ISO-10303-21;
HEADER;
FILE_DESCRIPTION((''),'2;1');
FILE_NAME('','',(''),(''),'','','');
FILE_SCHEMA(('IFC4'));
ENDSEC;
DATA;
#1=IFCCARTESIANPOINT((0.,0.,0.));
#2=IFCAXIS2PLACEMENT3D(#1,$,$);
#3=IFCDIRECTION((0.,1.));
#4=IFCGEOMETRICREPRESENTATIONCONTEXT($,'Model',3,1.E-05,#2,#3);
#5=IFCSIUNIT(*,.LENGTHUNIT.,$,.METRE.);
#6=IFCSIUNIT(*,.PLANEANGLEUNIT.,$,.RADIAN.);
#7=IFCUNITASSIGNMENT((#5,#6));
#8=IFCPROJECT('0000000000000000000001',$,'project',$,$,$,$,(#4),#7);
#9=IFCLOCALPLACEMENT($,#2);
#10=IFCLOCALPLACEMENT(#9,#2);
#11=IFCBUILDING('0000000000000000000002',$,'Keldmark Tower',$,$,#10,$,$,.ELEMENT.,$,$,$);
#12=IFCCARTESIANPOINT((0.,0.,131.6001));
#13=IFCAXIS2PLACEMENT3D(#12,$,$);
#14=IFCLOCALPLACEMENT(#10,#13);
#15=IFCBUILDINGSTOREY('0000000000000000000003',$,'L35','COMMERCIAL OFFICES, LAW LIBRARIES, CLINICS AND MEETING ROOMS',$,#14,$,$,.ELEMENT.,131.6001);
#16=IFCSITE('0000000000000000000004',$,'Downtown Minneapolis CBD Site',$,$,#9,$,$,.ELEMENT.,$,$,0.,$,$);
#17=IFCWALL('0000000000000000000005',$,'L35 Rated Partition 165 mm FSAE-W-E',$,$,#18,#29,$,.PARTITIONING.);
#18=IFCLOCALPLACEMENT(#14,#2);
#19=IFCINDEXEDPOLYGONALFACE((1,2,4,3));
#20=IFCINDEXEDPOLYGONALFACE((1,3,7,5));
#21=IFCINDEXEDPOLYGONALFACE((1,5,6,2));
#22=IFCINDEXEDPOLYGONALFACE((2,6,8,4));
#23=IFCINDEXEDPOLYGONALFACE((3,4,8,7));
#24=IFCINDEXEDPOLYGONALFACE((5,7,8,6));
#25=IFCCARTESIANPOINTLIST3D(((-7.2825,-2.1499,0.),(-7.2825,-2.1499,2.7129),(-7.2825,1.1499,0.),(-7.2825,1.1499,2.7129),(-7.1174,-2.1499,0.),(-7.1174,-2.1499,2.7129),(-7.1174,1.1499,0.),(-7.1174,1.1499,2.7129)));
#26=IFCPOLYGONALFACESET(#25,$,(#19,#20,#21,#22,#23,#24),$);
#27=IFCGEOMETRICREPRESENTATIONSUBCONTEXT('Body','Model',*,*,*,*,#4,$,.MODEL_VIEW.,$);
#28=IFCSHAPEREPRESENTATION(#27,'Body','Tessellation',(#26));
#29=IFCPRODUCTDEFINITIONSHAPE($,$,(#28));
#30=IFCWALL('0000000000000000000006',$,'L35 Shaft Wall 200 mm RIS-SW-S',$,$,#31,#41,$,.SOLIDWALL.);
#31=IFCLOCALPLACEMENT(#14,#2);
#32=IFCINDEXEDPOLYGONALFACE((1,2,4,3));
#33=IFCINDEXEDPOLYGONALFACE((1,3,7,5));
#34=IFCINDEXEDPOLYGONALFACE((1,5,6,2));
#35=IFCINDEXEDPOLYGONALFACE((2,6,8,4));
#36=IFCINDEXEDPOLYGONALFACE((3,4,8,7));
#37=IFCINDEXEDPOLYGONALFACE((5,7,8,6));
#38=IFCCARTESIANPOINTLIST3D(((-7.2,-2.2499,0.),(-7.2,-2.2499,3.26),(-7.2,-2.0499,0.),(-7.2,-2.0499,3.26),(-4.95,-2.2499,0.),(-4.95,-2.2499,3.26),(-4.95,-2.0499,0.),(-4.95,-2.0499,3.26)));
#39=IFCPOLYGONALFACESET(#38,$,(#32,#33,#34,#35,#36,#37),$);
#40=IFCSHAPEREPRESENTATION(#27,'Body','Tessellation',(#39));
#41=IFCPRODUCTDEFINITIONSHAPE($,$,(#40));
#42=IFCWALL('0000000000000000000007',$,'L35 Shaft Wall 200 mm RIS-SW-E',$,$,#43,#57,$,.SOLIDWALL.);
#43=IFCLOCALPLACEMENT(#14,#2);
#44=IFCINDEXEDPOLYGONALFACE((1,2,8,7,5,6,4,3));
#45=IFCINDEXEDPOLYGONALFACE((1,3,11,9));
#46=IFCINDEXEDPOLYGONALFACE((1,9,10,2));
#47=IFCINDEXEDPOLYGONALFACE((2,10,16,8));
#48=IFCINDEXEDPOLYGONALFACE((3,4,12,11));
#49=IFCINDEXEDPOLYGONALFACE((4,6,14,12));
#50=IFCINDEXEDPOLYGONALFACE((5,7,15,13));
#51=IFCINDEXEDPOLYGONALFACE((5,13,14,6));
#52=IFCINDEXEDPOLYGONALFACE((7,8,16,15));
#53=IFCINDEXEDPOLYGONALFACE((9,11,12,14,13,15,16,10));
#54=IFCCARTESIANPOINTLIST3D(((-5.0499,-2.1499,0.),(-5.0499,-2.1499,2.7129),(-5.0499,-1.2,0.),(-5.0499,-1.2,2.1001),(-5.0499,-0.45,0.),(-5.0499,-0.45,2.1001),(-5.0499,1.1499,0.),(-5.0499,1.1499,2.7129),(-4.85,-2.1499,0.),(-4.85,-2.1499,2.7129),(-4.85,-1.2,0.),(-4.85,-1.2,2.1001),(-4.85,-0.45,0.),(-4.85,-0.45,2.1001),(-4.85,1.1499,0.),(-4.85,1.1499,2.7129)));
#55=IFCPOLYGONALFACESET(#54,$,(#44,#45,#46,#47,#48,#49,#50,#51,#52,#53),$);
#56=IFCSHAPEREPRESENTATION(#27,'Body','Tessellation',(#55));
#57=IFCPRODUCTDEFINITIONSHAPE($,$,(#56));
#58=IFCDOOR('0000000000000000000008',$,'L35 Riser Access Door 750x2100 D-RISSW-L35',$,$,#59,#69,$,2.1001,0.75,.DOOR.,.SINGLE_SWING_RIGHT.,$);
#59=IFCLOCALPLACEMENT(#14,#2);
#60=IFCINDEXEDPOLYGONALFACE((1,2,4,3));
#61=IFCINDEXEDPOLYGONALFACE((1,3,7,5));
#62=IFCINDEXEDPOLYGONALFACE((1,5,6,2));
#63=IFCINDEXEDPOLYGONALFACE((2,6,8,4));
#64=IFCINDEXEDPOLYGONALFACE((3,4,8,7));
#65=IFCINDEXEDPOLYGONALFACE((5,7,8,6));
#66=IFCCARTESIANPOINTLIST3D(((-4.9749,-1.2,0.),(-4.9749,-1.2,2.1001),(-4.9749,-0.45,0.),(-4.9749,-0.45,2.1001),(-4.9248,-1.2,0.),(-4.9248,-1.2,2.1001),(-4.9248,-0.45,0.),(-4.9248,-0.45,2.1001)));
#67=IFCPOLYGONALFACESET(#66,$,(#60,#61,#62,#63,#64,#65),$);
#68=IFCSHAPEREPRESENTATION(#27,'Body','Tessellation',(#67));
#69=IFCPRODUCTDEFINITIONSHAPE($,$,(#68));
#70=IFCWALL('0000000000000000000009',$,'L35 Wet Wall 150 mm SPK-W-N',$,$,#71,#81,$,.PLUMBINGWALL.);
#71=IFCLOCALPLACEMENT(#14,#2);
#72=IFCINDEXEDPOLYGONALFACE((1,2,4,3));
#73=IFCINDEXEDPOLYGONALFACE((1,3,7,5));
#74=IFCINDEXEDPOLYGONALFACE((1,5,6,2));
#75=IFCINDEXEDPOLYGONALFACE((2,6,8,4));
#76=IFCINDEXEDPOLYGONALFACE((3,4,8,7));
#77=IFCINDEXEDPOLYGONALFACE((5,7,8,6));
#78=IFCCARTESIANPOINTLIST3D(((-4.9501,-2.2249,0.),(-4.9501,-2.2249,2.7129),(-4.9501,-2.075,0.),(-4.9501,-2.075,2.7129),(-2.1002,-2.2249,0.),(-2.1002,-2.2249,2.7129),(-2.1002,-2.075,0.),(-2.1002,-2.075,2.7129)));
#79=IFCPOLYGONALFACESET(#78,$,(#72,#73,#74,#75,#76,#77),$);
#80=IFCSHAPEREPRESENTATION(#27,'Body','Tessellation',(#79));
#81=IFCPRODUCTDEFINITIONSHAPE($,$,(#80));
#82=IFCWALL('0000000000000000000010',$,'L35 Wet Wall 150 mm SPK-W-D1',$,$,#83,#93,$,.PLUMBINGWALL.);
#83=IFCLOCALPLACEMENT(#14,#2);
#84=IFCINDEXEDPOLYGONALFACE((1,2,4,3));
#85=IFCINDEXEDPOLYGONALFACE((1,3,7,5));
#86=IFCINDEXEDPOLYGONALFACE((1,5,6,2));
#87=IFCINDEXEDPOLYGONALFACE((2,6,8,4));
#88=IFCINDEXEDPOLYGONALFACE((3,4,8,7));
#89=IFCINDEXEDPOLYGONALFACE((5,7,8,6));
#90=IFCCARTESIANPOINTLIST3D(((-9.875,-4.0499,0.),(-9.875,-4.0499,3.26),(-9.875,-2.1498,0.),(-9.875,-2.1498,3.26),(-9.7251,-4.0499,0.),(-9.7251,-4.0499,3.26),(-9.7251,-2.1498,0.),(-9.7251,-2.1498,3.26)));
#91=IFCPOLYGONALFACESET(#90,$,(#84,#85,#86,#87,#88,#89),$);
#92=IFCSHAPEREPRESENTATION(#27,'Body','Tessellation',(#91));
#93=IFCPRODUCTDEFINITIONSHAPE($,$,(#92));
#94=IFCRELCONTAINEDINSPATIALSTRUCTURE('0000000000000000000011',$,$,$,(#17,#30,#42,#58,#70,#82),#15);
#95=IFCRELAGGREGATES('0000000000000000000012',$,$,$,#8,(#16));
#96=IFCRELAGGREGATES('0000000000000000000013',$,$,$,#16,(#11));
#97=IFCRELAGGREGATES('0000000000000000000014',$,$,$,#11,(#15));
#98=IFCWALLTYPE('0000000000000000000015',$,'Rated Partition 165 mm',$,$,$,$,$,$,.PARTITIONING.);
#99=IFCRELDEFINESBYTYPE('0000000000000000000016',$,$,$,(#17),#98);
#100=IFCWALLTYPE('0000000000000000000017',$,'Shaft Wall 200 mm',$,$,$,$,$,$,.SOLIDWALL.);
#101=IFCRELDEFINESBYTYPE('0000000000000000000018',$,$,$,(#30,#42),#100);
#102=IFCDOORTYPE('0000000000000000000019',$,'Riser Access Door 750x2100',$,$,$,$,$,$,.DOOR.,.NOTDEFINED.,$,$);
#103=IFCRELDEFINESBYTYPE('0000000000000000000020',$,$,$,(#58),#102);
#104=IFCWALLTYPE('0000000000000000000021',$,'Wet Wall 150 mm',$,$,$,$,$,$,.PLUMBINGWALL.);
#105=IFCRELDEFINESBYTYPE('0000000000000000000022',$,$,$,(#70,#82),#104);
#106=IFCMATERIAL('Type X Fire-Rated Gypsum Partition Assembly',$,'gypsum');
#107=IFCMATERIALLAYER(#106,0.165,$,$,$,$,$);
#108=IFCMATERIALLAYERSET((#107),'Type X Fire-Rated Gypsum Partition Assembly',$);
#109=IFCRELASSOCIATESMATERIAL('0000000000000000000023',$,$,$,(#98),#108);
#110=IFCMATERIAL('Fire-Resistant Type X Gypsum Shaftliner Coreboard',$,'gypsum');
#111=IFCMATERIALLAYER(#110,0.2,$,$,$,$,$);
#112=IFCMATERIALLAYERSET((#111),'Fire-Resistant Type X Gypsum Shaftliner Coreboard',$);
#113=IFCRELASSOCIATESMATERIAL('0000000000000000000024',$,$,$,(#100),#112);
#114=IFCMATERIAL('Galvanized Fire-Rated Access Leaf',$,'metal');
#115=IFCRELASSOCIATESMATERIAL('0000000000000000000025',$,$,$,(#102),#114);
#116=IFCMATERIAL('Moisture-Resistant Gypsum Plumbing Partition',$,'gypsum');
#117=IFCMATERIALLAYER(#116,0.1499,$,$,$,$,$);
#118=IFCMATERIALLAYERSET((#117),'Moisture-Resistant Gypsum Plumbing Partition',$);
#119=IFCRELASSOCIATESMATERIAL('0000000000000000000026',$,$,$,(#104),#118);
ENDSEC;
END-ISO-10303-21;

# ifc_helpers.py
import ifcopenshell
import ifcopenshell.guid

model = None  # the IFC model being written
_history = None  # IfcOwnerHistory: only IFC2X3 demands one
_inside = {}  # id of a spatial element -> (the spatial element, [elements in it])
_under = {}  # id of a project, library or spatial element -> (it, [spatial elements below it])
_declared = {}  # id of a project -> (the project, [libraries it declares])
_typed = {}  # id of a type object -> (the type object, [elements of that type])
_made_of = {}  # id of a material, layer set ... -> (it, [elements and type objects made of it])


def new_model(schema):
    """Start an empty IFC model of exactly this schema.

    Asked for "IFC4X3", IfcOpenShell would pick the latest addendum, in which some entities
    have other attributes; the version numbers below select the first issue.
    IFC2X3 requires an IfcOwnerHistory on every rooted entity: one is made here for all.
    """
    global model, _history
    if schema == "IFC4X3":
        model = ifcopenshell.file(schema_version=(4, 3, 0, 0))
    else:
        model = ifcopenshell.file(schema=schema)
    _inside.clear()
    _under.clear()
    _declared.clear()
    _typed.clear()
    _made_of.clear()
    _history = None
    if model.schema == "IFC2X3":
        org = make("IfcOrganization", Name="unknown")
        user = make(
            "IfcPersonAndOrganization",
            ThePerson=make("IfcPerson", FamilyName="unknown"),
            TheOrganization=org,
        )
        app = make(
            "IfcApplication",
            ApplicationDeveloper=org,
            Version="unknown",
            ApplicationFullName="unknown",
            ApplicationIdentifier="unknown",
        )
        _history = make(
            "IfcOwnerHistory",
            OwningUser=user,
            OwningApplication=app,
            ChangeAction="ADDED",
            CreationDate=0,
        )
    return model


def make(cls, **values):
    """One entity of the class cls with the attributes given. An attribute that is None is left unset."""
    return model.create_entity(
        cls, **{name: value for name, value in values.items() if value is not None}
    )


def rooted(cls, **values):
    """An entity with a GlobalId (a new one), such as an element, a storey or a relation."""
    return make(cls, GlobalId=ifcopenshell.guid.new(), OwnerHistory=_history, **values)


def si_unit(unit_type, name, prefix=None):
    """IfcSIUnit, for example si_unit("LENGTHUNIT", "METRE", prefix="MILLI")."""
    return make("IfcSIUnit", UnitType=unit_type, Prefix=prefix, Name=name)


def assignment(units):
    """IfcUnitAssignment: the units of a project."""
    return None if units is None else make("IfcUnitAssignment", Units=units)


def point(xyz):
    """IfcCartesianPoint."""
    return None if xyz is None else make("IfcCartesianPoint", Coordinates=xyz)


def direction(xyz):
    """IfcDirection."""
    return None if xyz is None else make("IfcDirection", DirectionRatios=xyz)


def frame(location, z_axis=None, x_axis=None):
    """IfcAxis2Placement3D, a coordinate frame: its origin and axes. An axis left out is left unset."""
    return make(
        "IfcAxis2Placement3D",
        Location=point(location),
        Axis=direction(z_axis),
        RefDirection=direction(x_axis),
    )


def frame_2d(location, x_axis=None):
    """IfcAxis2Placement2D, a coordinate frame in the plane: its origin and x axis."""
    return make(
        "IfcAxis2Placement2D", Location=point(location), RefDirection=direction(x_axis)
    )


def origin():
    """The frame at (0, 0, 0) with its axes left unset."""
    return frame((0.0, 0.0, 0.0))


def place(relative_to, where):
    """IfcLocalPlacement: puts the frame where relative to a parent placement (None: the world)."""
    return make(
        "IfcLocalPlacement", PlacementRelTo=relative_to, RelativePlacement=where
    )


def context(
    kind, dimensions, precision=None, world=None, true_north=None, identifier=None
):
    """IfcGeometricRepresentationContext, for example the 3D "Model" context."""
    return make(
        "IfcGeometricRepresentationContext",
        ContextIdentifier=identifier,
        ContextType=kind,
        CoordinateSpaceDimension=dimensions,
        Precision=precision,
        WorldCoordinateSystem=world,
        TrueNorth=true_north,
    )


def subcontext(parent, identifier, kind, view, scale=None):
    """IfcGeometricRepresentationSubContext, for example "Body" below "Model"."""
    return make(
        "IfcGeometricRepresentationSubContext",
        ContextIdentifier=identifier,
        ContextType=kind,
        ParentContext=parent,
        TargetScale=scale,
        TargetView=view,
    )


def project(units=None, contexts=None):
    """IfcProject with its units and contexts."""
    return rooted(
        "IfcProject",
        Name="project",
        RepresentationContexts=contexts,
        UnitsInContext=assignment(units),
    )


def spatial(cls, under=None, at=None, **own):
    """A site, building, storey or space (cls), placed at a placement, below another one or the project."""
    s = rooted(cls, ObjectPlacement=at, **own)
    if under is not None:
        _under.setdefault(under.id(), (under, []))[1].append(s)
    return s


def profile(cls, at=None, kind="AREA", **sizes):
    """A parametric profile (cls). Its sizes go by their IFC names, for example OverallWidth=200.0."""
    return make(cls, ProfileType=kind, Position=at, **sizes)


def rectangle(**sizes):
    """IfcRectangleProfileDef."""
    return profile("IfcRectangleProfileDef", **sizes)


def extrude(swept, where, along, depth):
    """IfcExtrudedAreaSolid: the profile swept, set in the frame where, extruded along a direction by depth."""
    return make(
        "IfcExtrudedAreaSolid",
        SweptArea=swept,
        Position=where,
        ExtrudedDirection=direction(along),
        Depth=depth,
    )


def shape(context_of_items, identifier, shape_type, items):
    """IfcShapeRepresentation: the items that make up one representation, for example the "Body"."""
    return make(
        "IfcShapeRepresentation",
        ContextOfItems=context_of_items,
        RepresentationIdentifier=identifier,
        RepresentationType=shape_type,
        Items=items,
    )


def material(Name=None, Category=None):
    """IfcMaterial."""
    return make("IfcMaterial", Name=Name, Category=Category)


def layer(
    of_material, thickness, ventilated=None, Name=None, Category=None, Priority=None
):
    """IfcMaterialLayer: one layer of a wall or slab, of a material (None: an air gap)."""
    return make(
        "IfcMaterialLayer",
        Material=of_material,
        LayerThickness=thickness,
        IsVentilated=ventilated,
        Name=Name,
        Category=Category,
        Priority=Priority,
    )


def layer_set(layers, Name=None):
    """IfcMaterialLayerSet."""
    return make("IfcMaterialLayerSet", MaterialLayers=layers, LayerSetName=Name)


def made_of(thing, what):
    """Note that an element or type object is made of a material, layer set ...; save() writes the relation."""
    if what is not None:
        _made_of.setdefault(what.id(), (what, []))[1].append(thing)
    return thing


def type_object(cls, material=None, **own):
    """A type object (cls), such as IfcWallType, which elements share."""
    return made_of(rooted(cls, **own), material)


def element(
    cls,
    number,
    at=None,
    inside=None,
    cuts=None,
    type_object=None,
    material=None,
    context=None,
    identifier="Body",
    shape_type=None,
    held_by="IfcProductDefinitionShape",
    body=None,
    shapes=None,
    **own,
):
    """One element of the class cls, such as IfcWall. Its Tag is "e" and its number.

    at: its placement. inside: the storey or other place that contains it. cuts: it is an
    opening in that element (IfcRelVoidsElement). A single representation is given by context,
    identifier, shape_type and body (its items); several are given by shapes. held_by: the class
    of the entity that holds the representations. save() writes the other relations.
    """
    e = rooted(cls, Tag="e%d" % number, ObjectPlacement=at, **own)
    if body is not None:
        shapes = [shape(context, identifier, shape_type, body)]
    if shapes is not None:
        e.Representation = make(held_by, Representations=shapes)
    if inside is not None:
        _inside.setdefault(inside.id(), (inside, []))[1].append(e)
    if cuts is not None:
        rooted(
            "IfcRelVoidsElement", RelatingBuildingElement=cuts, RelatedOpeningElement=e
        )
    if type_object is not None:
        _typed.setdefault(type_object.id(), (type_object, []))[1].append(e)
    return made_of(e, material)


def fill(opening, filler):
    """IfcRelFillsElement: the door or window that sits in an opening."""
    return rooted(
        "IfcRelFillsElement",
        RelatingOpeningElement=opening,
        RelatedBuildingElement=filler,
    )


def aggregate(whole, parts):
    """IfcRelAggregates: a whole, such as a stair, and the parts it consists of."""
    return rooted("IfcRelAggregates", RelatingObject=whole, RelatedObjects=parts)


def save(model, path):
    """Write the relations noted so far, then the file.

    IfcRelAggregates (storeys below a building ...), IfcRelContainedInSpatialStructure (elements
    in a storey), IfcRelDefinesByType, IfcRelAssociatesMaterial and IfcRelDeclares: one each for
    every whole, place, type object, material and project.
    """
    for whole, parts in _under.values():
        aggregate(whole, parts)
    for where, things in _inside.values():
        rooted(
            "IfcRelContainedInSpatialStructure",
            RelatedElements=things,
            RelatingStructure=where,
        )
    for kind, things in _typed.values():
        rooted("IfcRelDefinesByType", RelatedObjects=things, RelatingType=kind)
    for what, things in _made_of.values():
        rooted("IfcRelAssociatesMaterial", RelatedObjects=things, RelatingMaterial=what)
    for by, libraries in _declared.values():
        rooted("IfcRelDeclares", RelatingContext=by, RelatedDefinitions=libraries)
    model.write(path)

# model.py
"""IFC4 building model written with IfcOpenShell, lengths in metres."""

from ifc_helpers import new_model, si_unit, direction, frame, frame_2d, origin, place, context, subcontext, project, spatial, rectangle, extrude, material, layer, layer_set, type_object, element, fill, save


model = new_model("IFC4")

# Units and contexts
model_context = context("Model", 3, precision=1e-05, world=origin(), true_north=direction((0.0, 1.0)))
body_context = subcontext(model_context, "Body", "Model", "MODEL_VIEW")
ifc_project = project(units=[si_unit("LENGTHUNIT", "METRE"), si_unit("PLANEANGLEUNIT", "RADIAN")], contexts=[model_context])

# Site, building, storey
site_placement = place(None, origin())
site = spatial("IfcSite", under=ifc_project, at=site_placement, Name="Downtown Minneapolis CBD Site", CompositionType="ELEMENT", RefElevation=0.0)
building_placement = place(site_placement, origin())
building = spatial("IfcBuilding", under=site, at=building_placement, Name="Keldmark Tower", CompositionType="ELEMENT")
storey_placement = place(building_placement, frame((0.0, 0.0, 131.6001)))
storey = spatial("IfcBuildingStorey", under=building, at=storey_placement, Name="L35", Description="COMMERCIAL OFFICES, LAW LIBRARIES, CLINICS AND MEETING ROOMS", CompositionType="ELEMENT", Elevation=131.6001)

# Shared definitions
ifc_material_1 = material(Name="Type X Fire-Rated Gypsum Partition Assembly", Category="gypsum")
ifc_layer_1 = layer(ifc_material_1, 0.165)
ifc_layer_set_1 = layer_set([ifc_layer_1], Name="Type X Fire-Rated Gypsum Partition Assembly")
wall_type_1 = type_object("IfcWallType", Name="Rated Partition 165 mm", PredefinedType="PARTITIONING", material=ifc_layer_set_1)

# Walls
wall_1_placement = place(storey_placement, frame((-7.2, -2.1499, 0.0), z_axis=(0.0, 0.0, 1.0), x_axis=(0.0, 1.0, 0.0)))
element("IfcWall", 1, at=wall_1_placement, inside=storey, type_object=wall_type_1, Name="L35 Rated Partition 165 mm FSAE-W-E", PredefinedType="PARTITIONING", context=body_context, shape_type="SweptSolid", body=[
    extrude(rectangle(XDim=3.2998, YDim=0.165, at=frame_2d((1.6499, 0.0))), origin(), (0.0, 0.0, 1.0), 2.7129),
])
ifc_material_2 = material(Name="Fire-Resistant Type X Gypsum Shaftliner Coreboard", Category="gypsum")
ifc_layer_2 = layer(ifc_material_2, 0.2)
ifc_layer_set_2 = layer_set([ifc_layer_2], Name="Fire-Resistant Type X Gypsum Shaftliner Coreboard")
wall_type_2 = type_object("IfcWallType", Name="Shaft Wall 200 mm", PredefinedType="SOLIDWALL", material=ifc_layer_set_2)
wall_2_placement = place(storey_placement, frame((-7.2, -2.1499, 0.0), z_axis=(0.0, 0.0, 1.0), x_axis=(1.0, 0.0, 0.0)))
element("IfcWall", 2, at=wall_2_placement, inside=storey, type_object=wall_type_2, Name="L35 Shaft Wall 200 mm RIS-SW-S", PredefinedType="SOLIDWALL", context=body_context, shape_type="SweptSolid", body=[
    extrude(rectangle(XDim=2.25, YDim=0.2, at=frame_2d((1.125, 0.0))), origin(), (0.0, 0.0, 1.0), 3.26),
])

# Wall, opening, door
wall_3_placement = place(storey_placement, frame((-4.95, -2.1499, 0.0), z_axis=(0.0, 0.0, 1.0), x_axis=(0.0, 1.0, 0.0)))
wall_3 = element("IfcWall", 3, at=wall_3_placement, inside=storey, type_object=wall_type_2, Name="L35 Shaft Wall 200 mm RIS-SW-E", PredefinedType="SOLIDWALL", context=body_context, shape_type="SweptSolid", body=[
    extrude(rectangle(XDim=3.2998, YDim=0.2, at=frame_2d((1.6499, 0.0))), origin(), (0.0, 0.0, 1.0), 2.7129),
])
opening_1_placement = place(wall_3_placement, frame((0.95, 0.0, 0.0)))
opening_1 = element("IfcOpeningElement", 4, at=opening_1_placement, cuts=wall_3, PredefinedType="OPENING", context=body_context, shape_type="SweptSolid", body=[
    extrude(rectangle(XDim=0.75, YDim=2.1001, at=frame_2d((0.375, 1.05))), frame((0.0, 0.1099, 0.0), z_axis=(0.0, -1.0, 0.0), x_axis=(1.0, 0.0, 0.0)), (0.0, 0.0, 1.0), 0.22),
])
ifc_material_3 = material(Name="Galvanized Fire-Rated Access Leaf", Category="metal")
door_type_1 = type_object("IfcDoorType", Name="Riser Access Door 750x2100", OperationType="NOTDEFINED", PredefinedType="DOOR", material=ifc_material_3)
door_1_placement = place(opening_1_placement, origin())
door_1 = element("IfcDoor", 5, at=door_1_placement, inside=storey, type_object=door_type_1, Name="L35 Riser Access Door 750x2100 D-RISSW-L35", OperationType="SINGLE_SWING_RIGHT", OverallHeight=2.1001, OverallWidth=0.75, PredefinedType="DOOR", context=body_context, shape_type="SweptSolid", body=[
    extrude(rectangle(XDim=0.75, YDim=2.1001, at=frame_2d((0.375, 1.05))), frame((0.0, 0.0249, 0.0), z_axis=(0.0, -1.0, 0.0), x_axis=(1.0, 0.0, 0.0)), (0.0, 0.0, 1.0), 0.05),
])
fill(opening_1, door_1)

# Walls
ifc_material_4 = material(Name="Moisture-Resistant Gypsum Plumbing Partition", Category="gypsum")
ifc_layer_3 = layer(ifc_material_4, 0.1499)
ifc_layer_set_3 = layer_set([ifc_layer_3], Name="Moisture-Resistant Gypsum Plumbing Partition")
wall_type_3 = type_object("IfcWallType", Name="Wet Wall 150 mm", PredefinedType="PLUMBINGWALL", material=ifc_layer_set_3)
wall_4_placement = place(storey_placement, frame((-4.95, -2.1499, 0.0), z_axis=(0.0, 0.0, 1.0), x_axis=(1.0, 0.0, 0.0)))
element("IfcWall", 6, at=wall_4_placement, inside=storey, type_object=wall_type_3, Name="L35 Wet Wall 150 mm SPK-W-N", PredefinedType="PLUMBINGWALL", context=body_context, shape_type="SweptSolid", body=[
    extrude(rectangle(XDim=2.8499, YDim=0.1499, at=frame_2d((1.4248, 0.0))), origin(), (0.0, 0.0, 1.0), 2.7129),
])
wall_5_placement = place(storey_placement, frame((-9.8, -4.05, 0.0), z_axis=(0.0, 0.0, 1.0), x_axis=(0.0, 1.0, 0.0)))
element("IfcWall", 7, at=wall_5_placement, inside=storey, type_object=wall_type_3, Name="L35 Wet Wall 150 mm SPK-W-D1", PredefinedType="PLUMBINGWALL", context=body_context, shape_type="SweptSolid", body=[
    extrude(rectangle(XDim=1.9001, YDim=0.1499, at=frame_2d((0.9502, 0.0))), origin(), (0.0, 0.0, 1.0), 3.26),
])

save(model, "model.ifc")
